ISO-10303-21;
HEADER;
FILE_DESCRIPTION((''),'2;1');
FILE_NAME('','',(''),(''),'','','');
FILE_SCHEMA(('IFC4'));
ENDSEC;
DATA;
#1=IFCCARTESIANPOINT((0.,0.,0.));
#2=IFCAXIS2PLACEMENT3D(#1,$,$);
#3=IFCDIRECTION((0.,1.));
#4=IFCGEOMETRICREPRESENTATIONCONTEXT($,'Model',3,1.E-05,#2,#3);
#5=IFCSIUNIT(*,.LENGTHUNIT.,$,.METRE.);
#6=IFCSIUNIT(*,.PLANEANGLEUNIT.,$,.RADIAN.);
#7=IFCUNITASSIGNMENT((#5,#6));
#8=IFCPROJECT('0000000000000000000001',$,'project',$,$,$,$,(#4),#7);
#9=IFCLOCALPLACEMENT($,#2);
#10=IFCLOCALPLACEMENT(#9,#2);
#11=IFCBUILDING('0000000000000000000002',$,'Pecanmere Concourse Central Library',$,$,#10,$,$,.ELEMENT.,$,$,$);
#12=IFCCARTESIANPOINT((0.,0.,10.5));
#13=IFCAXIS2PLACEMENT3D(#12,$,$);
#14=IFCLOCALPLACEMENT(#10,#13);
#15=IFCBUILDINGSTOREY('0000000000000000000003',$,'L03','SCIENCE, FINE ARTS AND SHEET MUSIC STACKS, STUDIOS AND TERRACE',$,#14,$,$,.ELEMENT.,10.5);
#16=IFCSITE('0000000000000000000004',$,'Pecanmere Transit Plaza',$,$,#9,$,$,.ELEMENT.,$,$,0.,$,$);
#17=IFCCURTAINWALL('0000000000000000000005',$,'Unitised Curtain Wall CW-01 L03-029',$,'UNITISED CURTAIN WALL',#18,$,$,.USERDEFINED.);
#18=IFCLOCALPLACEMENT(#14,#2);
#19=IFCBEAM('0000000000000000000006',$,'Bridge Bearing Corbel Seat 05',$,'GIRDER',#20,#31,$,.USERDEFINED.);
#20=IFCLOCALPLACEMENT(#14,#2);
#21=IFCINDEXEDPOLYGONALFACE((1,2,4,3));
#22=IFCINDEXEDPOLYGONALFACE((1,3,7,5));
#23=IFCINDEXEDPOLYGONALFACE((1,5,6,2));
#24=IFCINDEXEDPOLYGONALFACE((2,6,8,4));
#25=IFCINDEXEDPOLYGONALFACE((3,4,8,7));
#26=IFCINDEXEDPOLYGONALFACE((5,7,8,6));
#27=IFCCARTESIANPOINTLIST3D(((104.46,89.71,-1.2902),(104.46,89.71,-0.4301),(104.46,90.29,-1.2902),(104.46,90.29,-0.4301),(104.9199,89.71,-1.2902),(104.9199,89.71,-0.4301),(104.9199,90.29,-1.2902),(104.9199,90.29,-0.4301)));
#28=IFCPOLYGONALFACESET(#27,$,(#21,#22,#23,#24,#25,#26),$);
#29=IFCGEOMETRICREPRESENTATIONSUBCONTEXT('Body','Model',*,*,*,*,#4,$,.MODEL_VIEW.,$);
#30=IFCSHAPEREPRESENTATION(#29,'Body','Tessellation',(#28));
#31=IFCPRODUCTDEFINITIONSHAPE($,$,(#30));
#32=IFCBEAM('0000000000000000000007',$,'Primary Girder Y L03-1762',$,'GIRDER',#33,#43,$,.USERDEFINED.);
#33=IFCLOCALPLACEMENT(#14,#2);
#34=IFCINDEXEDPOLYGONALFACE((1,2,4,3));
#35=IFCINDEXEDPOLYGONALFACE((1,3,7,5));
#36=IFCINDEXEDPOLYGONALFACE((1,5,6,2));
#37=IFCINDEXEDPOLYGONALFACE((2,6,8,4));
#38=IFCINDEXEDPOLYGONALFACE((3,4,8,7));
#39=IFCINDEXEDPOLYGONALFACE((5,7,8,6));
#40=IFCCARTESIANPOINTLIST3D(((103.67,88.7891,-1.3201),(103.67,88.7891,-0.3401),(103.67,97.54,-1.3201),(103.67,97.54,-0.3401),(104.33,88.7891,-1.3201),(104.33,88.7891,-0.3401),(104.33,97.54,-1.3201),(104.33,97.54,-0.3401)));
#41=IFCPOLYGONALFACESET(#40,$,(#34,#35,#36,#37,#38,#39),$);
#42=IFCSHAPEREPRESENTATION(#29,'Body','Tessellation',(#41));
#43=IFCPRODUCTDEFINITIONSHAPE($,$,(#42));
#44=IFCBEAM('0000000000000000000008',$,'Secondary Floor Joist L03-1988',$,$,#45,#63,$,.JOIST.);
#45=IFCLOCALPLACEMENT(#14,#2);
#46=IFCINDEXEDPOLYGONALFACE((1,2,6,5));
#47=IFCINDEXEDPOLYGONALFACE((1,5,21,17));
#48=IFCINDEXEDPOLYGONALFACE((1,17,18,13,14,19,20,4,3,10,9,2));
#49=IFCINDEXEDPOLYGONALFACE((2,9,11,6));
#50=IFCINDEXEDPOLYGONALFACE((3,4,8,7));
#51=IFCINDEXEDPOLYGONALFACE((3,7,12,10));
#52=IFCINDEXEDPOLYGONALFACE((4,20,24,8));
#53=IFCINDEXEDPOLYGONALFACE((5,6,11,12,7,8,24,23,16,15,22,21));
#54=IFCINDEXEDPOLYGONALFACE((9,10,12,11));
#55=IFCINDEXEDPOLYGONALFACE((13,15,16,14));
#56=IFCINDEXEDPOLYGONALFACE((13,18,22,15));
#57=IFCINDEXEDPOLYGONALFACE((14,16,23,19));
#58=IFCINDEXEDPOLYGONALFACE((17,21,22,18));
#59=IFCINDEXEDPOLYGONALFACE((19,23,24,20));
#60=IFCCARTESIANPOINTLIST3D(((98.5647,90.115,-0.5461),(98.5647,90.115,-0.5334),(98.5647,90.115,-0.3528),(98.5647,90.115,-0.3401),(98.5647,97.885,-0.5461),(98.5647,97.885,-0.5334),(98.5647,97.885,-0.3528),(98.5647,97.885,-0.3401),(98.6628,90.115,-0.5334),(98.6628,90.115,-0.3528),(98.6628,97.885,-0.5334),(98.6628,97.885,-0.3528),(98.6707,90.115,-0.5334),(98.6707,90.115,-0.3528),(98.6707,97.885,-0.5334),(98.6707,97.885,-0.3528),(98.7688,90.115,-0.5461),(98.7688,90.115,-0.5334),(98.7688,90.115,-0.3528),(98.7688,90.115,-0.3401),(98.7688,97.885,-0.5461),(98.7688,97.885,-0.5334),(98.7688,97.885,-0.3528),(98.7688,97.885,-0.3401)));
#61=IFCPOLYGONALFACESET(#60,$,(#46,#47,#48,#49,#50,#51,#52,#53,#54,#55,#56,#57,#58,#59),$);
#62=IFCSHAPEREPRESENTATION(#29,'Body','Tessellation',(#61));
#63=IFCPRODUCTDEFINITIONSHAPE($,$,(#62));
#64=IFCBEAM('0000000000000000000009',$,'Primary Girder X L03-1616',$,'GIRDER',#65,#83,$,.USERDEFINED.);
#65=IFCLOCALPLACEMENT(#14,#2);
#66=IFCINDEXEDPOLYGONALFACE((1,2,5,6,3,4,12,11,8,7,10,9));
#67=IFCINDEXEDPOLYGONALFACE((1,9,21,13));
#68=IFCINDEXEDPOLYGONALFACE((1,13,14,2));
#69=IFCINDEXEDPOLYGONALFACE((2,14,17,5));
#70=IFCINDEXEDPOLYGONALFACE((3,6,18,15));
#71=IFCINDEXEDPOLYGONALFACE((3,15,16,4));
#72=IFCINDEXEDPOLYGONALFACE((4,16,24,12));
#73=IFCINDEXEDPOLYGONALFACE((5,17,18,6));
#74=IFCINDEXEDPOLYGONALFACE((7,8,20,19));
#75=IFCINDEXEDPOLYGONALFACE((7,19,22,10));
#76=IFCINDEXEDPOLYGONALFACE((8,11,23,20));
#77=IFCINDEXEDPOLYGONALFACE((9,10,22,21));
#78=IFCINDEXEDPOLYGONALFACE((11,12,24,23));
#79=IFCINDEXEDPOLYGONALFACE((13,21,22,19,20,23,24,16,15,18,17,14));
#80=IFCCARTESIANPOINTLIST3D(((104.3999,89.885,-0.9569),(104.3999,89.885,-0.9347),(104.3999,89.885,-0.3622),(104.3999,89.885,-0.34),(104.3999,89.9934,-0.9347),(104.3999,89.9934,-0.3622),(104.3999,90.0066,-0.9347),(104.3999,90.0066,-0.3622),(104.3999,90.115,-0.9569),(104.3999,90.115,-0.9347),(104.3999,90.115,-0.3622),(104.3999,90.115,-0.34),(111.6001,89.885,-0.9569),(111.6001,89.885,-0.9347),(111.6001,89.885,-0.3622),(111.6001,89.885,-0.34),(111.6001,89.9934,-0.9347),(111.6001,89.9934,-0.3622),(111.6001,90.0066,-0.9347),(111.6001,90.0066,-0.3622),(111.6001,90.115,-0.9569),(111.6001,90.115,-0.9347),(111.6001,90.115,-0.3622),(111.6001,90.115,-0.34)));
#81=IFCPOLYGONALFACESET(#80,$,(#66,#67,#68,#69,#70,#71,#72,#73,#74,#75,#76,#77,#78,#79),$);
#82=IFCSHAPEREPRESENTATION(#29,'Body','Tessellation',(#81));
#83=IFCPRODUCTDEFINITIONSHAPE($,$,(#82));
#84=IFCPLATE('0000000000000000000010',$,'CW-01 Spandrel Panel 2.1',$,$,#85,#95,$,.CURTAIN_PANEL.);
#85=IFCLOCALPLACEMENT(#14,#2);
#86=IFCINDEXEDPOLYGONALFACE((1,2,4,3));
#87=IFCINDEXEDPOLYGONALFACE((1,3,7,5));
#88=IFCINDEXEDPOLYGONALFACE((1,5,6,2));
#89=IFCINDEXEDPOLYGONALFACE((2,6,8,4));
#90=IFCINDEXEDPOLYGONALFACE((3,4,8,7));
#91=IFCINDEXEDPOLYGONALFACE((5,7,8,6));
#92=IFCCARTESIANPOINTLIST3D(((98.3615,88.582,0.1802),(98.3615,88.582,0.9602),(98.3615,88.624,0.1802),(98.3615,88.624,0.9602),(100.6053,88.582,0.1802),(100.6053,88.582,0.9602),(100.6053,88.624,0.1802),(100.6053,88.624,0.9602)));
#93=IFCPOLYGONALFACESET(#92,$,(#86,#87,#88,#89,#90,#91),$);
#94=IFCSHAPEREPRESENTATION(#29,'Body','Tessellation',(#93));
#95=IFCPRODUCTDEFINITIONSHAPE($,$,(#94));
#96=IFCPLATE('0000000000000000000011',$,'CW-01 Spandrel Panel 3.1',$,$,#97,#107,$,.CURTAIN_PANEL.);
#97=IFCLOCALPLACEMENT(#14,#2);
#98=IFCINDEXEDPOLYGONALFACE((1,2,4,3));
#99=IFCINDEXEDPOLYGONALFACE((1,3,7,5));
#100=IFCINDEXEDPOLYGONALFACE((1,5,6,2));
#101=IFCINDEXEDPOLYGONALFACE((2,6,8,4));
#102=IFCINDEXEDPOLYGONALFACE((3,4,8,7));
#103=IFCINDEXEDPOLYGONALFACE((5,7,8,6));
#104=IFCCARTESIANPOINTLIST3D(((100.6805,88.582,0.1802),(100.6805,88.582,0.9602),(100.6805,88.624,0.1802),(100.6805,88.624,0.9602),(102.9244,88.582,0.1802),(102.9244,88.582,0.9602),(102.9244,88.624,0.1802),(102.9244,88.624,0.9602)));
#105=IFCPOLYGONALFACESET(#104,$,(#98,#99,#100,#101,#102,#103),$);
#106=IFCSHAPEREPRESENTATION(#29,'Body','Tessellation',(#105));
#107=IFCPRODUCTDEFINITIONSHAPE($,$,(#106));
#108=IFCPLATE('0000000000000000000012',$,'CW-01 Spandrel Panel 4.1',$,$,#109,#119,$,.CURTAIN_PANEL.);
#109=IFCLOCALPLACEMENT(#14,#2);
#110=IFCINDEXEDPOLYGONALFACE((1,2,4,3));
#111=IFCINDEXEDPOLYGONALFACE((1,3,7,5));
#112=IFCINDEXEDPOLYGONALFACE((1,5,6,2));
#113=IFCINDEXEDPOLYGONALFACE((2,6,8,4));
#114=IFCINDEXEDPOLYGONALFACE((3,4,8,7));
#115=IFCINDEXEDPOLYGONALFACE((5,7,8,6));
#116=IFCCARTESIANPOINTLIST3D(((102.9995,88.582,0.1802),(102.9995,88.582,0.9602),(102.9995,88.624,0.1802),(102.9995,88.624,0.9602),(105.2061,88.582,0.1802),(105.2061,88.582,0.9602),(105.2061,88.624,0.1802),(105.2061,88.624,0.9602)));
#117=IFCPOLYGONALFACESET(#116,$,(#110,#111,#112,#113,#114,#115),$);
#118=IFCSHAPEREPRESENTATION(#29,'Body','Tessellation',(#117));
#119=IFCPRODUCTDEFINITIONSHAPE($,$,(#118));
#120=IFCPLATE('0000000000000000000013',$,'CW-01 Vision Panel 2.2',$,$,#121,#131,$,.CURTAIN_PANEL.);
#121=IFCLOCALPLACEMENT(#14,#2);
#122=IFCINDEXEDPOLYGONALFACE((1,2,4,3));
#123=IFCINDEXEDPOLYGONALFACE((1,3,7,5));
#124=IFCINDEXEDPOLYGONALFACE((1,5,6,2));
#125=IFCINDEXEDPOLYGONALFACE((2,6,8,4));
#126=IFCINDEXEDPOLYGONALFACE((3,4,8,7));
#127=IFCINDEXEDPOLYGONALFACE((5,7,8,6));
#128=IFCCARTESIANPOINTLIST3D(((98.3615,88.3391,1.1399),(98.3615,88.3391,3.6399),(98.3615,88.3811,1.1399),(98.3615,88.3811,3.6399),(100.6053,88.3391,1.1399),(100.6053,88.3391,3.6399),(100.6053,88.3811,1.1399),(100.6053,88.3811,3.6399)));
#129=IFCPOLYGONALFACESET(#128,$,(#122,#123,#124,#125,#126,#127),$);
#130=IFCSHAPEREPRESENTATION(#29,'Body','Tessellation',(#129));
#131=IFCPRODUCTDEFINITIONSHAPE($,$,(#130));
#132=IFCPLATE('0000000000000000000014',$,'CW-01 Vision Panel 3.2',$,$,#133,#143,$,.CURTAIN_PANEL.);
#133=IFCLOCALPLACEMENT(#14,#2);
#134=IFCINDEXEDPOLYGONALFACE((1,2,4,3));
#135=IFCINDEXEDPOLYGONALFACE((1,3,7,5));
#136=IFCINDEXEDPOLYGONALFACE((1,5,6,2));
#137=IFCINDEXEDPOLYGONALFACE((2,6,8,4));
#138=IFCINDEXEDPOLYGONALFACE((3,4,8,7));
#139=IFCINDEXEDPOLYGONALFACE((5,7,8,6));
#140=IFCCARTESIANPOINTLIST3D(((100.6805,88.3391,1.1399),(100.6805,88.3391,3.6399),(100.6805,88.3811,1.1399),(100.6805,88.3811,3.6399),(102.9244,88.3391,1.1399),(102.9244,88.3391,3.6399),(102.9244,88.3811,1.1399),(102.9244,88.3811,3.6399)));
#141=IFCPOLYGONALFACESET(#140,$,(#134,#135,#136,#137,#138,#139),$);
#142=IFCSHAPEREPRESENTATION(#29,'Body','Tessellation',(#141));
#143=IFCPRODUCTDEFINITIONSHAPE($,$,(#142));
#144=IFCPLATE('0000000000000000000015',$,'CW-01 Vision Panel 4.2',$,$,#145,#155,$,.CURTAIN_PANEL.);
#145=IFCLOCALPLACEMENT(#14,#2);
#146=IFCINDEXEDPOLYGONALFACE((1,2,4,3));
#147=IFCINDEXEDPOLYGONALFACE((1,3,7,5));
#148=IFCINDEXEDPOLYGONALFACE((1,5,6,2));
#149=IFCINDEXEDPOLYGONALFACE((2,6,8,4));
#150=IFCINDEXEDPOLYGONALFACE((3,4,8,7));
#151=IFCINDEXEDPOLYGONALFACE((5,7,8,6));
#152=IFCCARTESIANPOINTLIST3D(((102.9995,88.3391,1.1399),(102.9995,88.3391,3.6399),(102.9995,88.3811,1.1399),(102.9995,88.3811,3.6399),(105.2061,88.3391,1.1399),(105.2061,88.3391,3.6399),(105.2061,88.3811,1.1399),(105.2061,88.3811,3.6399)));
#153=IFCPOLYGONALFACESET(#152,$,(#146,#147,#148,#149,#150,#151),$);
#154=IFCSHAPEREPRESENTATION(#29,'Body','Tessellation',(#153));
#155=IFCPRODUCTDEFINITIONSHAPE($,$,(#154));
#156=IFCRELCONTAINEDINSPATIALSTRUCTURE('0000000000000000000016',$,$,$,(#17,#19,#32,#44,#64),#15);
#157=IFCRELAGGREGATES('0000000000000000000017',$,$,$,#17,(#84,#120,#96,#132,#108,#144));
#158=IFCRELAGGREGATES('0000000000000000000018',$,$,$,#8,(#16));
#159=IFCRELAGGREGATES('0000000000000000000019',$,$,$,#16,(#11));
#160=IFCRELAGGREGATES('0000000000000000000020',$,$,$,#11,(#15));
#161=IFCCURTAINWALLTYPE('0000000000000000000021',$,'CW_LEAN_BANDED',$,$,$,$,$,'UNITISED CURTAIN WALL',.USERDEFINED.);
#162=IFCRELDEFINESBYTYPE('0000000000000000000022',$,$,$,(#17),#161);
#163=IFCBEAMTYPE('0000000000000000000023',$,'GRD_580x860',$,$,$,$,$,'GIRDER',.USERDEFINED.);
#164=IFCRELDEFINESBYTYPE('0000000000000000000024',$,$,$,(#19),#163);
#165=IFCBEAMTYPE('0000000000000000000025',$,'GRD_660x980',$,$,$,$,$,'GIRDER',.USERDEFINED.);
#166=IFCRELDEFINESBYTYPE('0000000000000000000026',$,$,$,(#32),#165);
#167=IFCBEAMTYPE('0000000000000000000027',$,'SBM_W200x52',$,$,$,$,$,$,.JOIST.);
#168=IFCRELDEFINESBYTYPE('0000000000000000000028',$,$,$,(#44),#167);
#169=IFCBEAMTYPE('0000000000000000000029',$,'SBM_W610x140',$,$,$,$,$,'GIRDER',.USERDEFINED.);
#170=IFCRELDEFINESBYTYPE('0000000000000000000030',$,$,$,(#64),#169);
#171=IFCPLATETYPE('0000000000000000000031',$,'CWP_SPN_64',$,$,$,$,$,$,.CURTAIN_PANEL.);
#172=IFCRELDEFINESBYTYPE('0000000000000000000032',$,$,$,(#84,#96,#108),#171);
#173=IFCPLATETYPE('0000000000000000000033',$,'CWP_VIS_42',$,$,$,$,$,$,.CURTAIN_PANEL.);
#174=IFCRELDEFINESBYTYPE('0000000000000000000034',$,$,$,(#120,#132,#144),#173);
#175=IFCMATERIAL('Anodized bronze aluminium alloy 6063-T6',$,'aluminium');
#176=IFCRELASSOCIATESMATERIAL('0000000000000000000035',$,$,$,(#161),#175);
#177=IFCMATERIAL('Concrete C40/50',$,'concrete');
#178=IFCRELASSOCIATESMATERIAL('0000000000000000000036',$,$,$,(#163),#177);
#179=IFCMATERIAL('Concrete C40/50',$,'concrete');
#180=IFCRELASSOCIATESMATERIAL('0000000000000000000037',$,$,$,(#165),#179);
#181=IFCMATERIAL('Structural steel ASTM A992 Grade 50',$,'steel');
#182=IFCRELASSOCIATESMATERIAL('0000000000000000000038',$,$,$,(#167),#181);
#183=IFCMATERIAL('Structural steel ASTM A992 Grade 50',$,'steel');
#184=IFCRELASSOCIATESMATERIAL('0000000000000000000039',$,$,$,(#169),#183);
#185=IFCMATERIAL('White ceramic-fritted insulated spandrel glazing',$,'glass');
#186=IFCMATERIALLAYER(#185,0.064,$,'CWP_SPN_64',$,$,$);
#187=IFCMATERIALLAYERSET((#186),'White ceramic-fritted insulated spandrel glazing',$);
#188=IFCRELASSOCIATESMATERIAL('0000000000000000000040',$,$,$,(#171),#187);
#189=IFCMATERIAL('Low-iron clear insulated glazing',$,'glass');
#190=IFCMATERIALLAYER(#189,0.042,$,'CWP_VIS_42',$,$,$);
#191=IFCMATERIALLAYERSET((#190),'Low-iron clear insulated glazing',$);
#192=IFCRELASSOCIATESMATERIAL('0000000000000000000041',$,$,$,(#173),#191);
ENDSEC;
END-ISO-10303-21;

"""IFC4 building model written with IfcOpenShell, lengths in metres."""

from ifc_helpers import new_model, si_unit, direction, frame, origin, origin_2d, place, context, subcontext, project, spatial, rectangle, i_section, extrude, material, layer, layer_set, material_profile, profile_set, type_object, element, aggregate, save


model = new_model("IFC4")

# Units and contexts
model_context = context("Model", 3, precision=1e-05, world=origin(), true_north=direction((0.0, 1.0)))
body_context = subcontext(model_context, "Body", "Model", "MODEL_VIEW")
ifc_project = project(units=[si_unit("LENGTHUNIT", "METRE"), si_unit("PLANEANGLEUNIT", "RADIAN")], contexts=[model_context])

# Site, building, storey
site_placement = place(None, origin())
site = spatial("IfcSite", under=ifc_project, at=site_placement, Name="Pecanmere Transit Plaza", CompositionType="ELEMENT", RefElevation=0.0)
building_placement = place(site_placement, origin())
building = spatial("IfcBuilding", under=site, at=building_placement, Name="Pecanmere Concourse Central Library", CompositionType="ELEMENT")
storey_placement = place(building_placement, frame((0.0, 0.0, 10.5)))
storey = spatial("IfcBuildingStorey", under=building, at=storey_placement, Name="L03", Description="SCIENCE, FINE ARTS AND SHEET MUSIC STACKS, STUDIOS AND TERRACE", CompositionType="ELEMENT", Elevation=10.5)

# Curtain wall
ifc_material_1 = material(Name="Anodized bronze aluminium alloy 6063-T6", Category="aluminium")
curtain_wall_type = type_object("IfcCurtainWallType", Name="CW_LEAN_BANDED", ElementType="UNITISED CURTAIN WALL", PredefinedType="USERDEFINED", material=ifc_material_1)
curtain_wall_1_placement = place(storey_placement, origin())
curtain_wall_1 = element("IfcCurtainWall", 1, at=curtain_wall_1_placement, inside=storey, type_object=curtain_wall_type, Name="Unitised Curtain Wall CW-01 L03-029", ObjectType="UNITISED CURTAIN WALL", PredefinedType="USERDEFINED")

# Beams
ifc_material_2 = material(Name="Concrete C40/50", Category="concrete")
ifc_material_profile_1 = material_profile(ifc_material_2, rectangle(XDim=0.5801, YDim=0.8601, at=origin_2d()), Name="RC 580x860")
ifc_profile_set_1 = profile_set([ifc_material_profile_1], Name="Concrete C40/50")
beam_type_1 = type_object("IfcBeamType", Name="GRD_580x860", ElementType="GIRDER", PredefinedType="USERDEFINED", material=ifc_profile_set_1)
beam_1_placement = place(storey_placement, frame((104.46, 90.0, -0.8601), z_axis=(1.0, 0.0, 0.0), x_axis=(0.0, 1.0, 0.0)))
element("IfcBeam", 2, at=beam_1_placement, inside=storey, type_object=beam_type_1, Name="Bridge Bearing Corbel Seat 05", ObjectType="GIRDER", PredefinedType="USERDEFINED", context=body_context, shape_type="SweptSolid", body=[
    extrude(rectangle(XDim=0.5801, YDim=0.8601, at=origin_2d()), origin(), (0.0, 0.0, 1.0), 0.46),
])
ifc_material_3 = material(Name="Concrete C40/50", Category="concrete")
ifc_material_profile_2 = material_profile(ifc_material_3, rectangle(XDim=0.6599, YDim=0.98, at=origin_2d()), Name="RC 660x980")
ifc_profile_set_2 = profile_set([ifc_material_profile_2], Name="Concrete C40/50")
beam_type_2 = type_object("IfcBeamType", Name="GRD_660x980", ElementType="GIRDER", PredefinedType="USERDEFINED", material=ifc_profile_set_2)
beam_2_placement = place(storey_placement, frame((104.0, 88.7891, -0.8301), z_axis=(0.0, 1.0, 0.0), x_axis=(-1.0, 0.0, 0.0)))
element("IfcBeam", 3, at=beam_2_placement, inside=storey, type_object=beam_type_2, Name="Primary Girder Y L03-1762", ObjectType="GIRDER", PredefinedType="USERDEFINED", context=body_context, shape_type="SweptSolid", body=[
    extrude(rectangle(XDim=0.6599, YDim=0.98, at=origin_2d()), origin(), (0.0, 0.0, 1.0), 8.751),
])
ifc_material_4 = material(Name="Structural steel ASTM A992 Grade 50", Category="steel")
ifc_material_profile_3 = material_profile(ifc_material_4, i_section(OverallWidth=0.2041, OverallDepth=0.2061, WebThickness=0.0078, FlangeThickness=0.0127, at=origin_2d()), Name="W200x52")
ifc_profile_set_3 = profile_set([ifc_material_profile_3], Name="Structural steel ASTM A992 Grade 50")
beam_type_3 = type_object("IfcBeamType", Name="SBM_W200x52", PredefinedType="JOIST", material=ifc_profile_set_3)
beam_3_placement = place(storey_placement, frame((98.6667, 90.115, -0.4431), z_axis=(0.0, 1.0, 0.0), x_axis=(-1.0, 0.0, 0.0)))
element("IfcBeam", 4, at=beam_3_placement, inside=storey, type_object=beam_type_3, Name="Secondary Floor Joist L03-1988", PredefinedType="JOIST", context=body_context, shape_type="SweptSolid", body=[
    extrude(i_section(OverallWidth=0.2041, OverallDepth=0.2061, WebThickness=0.0078, FlangeThickness=0.0127, at=origin_2d()), origin(), (0.0, 0.0, 1.0), 7.77),
])
ifc_material_5 = material(Name="Structural steel ASTM A992 Grade 50", Category="steel")
ifc_material_profile_4 = material_profile(ifc_material_5, i_section(OverallWidth=0.23, OverallDepth=0.6169, WebThickness=0.0132, FlangeThickness=0.0222, at=origin_2d()), Name="W610x140")
ifc_profile_set_4 = profile_set([ifc_material_profile_4], Name="Structural steel ASTM A992 Grade 50")
beam_type_4 = type_object("IfcBeamType", Name="SBM_W610x140", ElementType="GIRDER", PredefinedType="USERDEFINED", material=ifc_profile_set_4)
beam_4_placement = place(storey_placement, frame((104.3999, 90.0, -0.6484), z_axis=(1.0, 0.0, 0.0), x_axis=(0.0, 1.0, 0.0)))
element("IfcBeam", 5, at=beam_4_placement, inside=storey, type_object=beam_type_4, Name="Primary Girder X L03-1616", ObjectType="GIRDER", PredefinedType="USERDEFINED", context=body_context, shape_type="SweptSolid", body=[
    extrude(i_section(OverallWidth=0.23, OverallDepth=0.6169, WebThickness=0.0132, FlangeThickness=0.0222, at=origin_2d()), origin(), (0.0, 0.0, 1.0), 7.2002),
])

# Plates
ifc_material_6 = material(Name="White ceramic-fritted insulated spandrel glazing", Category="glass")
ifc_layer_1 = layer(ifc_material_6, 0.064, Name="CWP_SPN_64")
ifc_layer_set_1 = layer_set([ifc_layer_1], Name="White ceramic-fritted insulated spandrel glazing")
plate_type_1 = type_object("IfcPlateType", Name="CWP_SPN_64", PredefinedType="CURTAIN_PANEL", material=ifc_layer_set_1)
plate_1_placement = place(storey_placement, frame((99.4834, 88.603, 0.1802), z_axis=(0.0, 0.0, 1.0), x_axis=(1.0, 0.0, 0.0)))
plate_1 = element("IfcPlate", 6, at=plate_1_placement, type_object=plate_type_1, Name="CW-01 Spandrel Panel 2.1", PredefinedType="CURTAIN_PANEL", context=body_context, shape_type="SweptSolid", body=[
    extrude(rectangle(XDim=2.2439, YDim=0.042, at=origin_2d()), origin(), (0.0, 0.0, 1.0), 0.78),
])
plate_2_placement = place(storey_placement, frame((101.8025, 88.603, 0.1802), z_axis=(0.0, 0.0, 1.0), x_axis=(1.0, 0.0, 0.0)))
plate_2 = element("IfcPlate", 7, at=plate_2_placement, type_object=plate_type_1, Name="CW-01 Spandrel Panel 3.1", PredefinedType="CURTAIN_PANEL", context=body_context, shape_type="SweptSolid", body=[
    extrude(rectangle(XDim=2.2439, YDim=0.042, at=origin_2d()), origin(), (0.0, 0.0, 1.0), 0.78),
])
plate_3_placement = place(storey_placement, frame((104.1028, 88.603, 0.1802), z_axis=(0.0, 0.0, 1.0), x_axis=(1.0, 0.0, 0.0)))
plate_3 = element("IfcPlate", 8, at=plate_3_placement, type_object=plate_type_1, Name="CW-01 Spandrel Panel 4.1", PredefinedType="CURTAIN_PANEL", context=body_context, shape_type="SweptSolid", body=[
    extrude(rectangle(XDim=2.2065, YDim=0.042, at=origin_2d()), origin(), (0.0, 0.0, 1.0), 0.78),
])
ifc_material_7 = material(Name="Low-iron clear insulated glazing", Category="glass")
ifc_layer_2 = layer(ifc_material_7, 0.042, Name="CWP_VIS_42")
ifc_layer_set_2 = layer_set([ifc_layer_2], Name="Low-iron clear insulated glazing")
plate_type_2 = type_object("IfcPlateType", Name="CWP_VIS_42", PredefinedType="CURTAIN_PANEL", material=ifc_layer_set_2)
plate_4_placement = place(storey_placement, frame((99.4834, 88.3601, 1.1399), z_axis=(0.0, 0.0, 1.0), x_axis=(1.0, 0.0, 0.0)))
plate_4 = element("IfcPlate", 9, at=plate_4_placement, type_object=plate_type_2, Name="CW-01 Vision Panel 2.2", PredefinedType="CURTAIN_PANEL", context=body_context, shape_type="SweptSolid", body=[
    extrude(rectangle(XDim=2.2439, YDim=0.042, at=origin_2d()), origin(), (0.0, 0.0, 1.0), 2.5),
])
plate_5_placement = place(storey_placement, frame((101.8025, 88.3601, 1.1399), z_axis=(0.0, 0.0, 1.0), x_axis=(1.0, 0.0, 0.0)))
plate_5 = element("IfcPlate", 10, at=plate_5_placement, type_object=plate_type_2, Name="CW-01 Vision Panel 3.2", PredefinedType="CURTAIN_PANEL", context=body_context, shape_type="SweptSolid", body=[
    extrude(rectangle(XDim=2.2439, YDim=0.042, at=origin_2d()), origin(), (0.0, 0.0, 1.0), 2.5),
])
plate_6_placement = place(storey_placement, frame((104.1028, 88.3601, 1.1399), z_axis=(0.0, 0.0, 1.0), x_axis=(1.0, 0.0, 0.0)))
plate_6 = element("IfcPlate", 11, at=plate_6_placement, type_object=plate_type_2, Name="CW-01 Vision Panel 4.2", PredefinedType="CURTAIN_PANEL", context=body_context, shape_type="SweptSolid", body=[
    extrude(rectangle(XDim=2.2065, YDim=0.042, at=origin_2d()), origin(), (0.0, 0.0, 1.0), 2.5),
])
aggregate(curtain_wall_1, [plate_1, plate_4, plate_2, plate_5, plate_3, plate_6])

save(model, "model.ifc")
